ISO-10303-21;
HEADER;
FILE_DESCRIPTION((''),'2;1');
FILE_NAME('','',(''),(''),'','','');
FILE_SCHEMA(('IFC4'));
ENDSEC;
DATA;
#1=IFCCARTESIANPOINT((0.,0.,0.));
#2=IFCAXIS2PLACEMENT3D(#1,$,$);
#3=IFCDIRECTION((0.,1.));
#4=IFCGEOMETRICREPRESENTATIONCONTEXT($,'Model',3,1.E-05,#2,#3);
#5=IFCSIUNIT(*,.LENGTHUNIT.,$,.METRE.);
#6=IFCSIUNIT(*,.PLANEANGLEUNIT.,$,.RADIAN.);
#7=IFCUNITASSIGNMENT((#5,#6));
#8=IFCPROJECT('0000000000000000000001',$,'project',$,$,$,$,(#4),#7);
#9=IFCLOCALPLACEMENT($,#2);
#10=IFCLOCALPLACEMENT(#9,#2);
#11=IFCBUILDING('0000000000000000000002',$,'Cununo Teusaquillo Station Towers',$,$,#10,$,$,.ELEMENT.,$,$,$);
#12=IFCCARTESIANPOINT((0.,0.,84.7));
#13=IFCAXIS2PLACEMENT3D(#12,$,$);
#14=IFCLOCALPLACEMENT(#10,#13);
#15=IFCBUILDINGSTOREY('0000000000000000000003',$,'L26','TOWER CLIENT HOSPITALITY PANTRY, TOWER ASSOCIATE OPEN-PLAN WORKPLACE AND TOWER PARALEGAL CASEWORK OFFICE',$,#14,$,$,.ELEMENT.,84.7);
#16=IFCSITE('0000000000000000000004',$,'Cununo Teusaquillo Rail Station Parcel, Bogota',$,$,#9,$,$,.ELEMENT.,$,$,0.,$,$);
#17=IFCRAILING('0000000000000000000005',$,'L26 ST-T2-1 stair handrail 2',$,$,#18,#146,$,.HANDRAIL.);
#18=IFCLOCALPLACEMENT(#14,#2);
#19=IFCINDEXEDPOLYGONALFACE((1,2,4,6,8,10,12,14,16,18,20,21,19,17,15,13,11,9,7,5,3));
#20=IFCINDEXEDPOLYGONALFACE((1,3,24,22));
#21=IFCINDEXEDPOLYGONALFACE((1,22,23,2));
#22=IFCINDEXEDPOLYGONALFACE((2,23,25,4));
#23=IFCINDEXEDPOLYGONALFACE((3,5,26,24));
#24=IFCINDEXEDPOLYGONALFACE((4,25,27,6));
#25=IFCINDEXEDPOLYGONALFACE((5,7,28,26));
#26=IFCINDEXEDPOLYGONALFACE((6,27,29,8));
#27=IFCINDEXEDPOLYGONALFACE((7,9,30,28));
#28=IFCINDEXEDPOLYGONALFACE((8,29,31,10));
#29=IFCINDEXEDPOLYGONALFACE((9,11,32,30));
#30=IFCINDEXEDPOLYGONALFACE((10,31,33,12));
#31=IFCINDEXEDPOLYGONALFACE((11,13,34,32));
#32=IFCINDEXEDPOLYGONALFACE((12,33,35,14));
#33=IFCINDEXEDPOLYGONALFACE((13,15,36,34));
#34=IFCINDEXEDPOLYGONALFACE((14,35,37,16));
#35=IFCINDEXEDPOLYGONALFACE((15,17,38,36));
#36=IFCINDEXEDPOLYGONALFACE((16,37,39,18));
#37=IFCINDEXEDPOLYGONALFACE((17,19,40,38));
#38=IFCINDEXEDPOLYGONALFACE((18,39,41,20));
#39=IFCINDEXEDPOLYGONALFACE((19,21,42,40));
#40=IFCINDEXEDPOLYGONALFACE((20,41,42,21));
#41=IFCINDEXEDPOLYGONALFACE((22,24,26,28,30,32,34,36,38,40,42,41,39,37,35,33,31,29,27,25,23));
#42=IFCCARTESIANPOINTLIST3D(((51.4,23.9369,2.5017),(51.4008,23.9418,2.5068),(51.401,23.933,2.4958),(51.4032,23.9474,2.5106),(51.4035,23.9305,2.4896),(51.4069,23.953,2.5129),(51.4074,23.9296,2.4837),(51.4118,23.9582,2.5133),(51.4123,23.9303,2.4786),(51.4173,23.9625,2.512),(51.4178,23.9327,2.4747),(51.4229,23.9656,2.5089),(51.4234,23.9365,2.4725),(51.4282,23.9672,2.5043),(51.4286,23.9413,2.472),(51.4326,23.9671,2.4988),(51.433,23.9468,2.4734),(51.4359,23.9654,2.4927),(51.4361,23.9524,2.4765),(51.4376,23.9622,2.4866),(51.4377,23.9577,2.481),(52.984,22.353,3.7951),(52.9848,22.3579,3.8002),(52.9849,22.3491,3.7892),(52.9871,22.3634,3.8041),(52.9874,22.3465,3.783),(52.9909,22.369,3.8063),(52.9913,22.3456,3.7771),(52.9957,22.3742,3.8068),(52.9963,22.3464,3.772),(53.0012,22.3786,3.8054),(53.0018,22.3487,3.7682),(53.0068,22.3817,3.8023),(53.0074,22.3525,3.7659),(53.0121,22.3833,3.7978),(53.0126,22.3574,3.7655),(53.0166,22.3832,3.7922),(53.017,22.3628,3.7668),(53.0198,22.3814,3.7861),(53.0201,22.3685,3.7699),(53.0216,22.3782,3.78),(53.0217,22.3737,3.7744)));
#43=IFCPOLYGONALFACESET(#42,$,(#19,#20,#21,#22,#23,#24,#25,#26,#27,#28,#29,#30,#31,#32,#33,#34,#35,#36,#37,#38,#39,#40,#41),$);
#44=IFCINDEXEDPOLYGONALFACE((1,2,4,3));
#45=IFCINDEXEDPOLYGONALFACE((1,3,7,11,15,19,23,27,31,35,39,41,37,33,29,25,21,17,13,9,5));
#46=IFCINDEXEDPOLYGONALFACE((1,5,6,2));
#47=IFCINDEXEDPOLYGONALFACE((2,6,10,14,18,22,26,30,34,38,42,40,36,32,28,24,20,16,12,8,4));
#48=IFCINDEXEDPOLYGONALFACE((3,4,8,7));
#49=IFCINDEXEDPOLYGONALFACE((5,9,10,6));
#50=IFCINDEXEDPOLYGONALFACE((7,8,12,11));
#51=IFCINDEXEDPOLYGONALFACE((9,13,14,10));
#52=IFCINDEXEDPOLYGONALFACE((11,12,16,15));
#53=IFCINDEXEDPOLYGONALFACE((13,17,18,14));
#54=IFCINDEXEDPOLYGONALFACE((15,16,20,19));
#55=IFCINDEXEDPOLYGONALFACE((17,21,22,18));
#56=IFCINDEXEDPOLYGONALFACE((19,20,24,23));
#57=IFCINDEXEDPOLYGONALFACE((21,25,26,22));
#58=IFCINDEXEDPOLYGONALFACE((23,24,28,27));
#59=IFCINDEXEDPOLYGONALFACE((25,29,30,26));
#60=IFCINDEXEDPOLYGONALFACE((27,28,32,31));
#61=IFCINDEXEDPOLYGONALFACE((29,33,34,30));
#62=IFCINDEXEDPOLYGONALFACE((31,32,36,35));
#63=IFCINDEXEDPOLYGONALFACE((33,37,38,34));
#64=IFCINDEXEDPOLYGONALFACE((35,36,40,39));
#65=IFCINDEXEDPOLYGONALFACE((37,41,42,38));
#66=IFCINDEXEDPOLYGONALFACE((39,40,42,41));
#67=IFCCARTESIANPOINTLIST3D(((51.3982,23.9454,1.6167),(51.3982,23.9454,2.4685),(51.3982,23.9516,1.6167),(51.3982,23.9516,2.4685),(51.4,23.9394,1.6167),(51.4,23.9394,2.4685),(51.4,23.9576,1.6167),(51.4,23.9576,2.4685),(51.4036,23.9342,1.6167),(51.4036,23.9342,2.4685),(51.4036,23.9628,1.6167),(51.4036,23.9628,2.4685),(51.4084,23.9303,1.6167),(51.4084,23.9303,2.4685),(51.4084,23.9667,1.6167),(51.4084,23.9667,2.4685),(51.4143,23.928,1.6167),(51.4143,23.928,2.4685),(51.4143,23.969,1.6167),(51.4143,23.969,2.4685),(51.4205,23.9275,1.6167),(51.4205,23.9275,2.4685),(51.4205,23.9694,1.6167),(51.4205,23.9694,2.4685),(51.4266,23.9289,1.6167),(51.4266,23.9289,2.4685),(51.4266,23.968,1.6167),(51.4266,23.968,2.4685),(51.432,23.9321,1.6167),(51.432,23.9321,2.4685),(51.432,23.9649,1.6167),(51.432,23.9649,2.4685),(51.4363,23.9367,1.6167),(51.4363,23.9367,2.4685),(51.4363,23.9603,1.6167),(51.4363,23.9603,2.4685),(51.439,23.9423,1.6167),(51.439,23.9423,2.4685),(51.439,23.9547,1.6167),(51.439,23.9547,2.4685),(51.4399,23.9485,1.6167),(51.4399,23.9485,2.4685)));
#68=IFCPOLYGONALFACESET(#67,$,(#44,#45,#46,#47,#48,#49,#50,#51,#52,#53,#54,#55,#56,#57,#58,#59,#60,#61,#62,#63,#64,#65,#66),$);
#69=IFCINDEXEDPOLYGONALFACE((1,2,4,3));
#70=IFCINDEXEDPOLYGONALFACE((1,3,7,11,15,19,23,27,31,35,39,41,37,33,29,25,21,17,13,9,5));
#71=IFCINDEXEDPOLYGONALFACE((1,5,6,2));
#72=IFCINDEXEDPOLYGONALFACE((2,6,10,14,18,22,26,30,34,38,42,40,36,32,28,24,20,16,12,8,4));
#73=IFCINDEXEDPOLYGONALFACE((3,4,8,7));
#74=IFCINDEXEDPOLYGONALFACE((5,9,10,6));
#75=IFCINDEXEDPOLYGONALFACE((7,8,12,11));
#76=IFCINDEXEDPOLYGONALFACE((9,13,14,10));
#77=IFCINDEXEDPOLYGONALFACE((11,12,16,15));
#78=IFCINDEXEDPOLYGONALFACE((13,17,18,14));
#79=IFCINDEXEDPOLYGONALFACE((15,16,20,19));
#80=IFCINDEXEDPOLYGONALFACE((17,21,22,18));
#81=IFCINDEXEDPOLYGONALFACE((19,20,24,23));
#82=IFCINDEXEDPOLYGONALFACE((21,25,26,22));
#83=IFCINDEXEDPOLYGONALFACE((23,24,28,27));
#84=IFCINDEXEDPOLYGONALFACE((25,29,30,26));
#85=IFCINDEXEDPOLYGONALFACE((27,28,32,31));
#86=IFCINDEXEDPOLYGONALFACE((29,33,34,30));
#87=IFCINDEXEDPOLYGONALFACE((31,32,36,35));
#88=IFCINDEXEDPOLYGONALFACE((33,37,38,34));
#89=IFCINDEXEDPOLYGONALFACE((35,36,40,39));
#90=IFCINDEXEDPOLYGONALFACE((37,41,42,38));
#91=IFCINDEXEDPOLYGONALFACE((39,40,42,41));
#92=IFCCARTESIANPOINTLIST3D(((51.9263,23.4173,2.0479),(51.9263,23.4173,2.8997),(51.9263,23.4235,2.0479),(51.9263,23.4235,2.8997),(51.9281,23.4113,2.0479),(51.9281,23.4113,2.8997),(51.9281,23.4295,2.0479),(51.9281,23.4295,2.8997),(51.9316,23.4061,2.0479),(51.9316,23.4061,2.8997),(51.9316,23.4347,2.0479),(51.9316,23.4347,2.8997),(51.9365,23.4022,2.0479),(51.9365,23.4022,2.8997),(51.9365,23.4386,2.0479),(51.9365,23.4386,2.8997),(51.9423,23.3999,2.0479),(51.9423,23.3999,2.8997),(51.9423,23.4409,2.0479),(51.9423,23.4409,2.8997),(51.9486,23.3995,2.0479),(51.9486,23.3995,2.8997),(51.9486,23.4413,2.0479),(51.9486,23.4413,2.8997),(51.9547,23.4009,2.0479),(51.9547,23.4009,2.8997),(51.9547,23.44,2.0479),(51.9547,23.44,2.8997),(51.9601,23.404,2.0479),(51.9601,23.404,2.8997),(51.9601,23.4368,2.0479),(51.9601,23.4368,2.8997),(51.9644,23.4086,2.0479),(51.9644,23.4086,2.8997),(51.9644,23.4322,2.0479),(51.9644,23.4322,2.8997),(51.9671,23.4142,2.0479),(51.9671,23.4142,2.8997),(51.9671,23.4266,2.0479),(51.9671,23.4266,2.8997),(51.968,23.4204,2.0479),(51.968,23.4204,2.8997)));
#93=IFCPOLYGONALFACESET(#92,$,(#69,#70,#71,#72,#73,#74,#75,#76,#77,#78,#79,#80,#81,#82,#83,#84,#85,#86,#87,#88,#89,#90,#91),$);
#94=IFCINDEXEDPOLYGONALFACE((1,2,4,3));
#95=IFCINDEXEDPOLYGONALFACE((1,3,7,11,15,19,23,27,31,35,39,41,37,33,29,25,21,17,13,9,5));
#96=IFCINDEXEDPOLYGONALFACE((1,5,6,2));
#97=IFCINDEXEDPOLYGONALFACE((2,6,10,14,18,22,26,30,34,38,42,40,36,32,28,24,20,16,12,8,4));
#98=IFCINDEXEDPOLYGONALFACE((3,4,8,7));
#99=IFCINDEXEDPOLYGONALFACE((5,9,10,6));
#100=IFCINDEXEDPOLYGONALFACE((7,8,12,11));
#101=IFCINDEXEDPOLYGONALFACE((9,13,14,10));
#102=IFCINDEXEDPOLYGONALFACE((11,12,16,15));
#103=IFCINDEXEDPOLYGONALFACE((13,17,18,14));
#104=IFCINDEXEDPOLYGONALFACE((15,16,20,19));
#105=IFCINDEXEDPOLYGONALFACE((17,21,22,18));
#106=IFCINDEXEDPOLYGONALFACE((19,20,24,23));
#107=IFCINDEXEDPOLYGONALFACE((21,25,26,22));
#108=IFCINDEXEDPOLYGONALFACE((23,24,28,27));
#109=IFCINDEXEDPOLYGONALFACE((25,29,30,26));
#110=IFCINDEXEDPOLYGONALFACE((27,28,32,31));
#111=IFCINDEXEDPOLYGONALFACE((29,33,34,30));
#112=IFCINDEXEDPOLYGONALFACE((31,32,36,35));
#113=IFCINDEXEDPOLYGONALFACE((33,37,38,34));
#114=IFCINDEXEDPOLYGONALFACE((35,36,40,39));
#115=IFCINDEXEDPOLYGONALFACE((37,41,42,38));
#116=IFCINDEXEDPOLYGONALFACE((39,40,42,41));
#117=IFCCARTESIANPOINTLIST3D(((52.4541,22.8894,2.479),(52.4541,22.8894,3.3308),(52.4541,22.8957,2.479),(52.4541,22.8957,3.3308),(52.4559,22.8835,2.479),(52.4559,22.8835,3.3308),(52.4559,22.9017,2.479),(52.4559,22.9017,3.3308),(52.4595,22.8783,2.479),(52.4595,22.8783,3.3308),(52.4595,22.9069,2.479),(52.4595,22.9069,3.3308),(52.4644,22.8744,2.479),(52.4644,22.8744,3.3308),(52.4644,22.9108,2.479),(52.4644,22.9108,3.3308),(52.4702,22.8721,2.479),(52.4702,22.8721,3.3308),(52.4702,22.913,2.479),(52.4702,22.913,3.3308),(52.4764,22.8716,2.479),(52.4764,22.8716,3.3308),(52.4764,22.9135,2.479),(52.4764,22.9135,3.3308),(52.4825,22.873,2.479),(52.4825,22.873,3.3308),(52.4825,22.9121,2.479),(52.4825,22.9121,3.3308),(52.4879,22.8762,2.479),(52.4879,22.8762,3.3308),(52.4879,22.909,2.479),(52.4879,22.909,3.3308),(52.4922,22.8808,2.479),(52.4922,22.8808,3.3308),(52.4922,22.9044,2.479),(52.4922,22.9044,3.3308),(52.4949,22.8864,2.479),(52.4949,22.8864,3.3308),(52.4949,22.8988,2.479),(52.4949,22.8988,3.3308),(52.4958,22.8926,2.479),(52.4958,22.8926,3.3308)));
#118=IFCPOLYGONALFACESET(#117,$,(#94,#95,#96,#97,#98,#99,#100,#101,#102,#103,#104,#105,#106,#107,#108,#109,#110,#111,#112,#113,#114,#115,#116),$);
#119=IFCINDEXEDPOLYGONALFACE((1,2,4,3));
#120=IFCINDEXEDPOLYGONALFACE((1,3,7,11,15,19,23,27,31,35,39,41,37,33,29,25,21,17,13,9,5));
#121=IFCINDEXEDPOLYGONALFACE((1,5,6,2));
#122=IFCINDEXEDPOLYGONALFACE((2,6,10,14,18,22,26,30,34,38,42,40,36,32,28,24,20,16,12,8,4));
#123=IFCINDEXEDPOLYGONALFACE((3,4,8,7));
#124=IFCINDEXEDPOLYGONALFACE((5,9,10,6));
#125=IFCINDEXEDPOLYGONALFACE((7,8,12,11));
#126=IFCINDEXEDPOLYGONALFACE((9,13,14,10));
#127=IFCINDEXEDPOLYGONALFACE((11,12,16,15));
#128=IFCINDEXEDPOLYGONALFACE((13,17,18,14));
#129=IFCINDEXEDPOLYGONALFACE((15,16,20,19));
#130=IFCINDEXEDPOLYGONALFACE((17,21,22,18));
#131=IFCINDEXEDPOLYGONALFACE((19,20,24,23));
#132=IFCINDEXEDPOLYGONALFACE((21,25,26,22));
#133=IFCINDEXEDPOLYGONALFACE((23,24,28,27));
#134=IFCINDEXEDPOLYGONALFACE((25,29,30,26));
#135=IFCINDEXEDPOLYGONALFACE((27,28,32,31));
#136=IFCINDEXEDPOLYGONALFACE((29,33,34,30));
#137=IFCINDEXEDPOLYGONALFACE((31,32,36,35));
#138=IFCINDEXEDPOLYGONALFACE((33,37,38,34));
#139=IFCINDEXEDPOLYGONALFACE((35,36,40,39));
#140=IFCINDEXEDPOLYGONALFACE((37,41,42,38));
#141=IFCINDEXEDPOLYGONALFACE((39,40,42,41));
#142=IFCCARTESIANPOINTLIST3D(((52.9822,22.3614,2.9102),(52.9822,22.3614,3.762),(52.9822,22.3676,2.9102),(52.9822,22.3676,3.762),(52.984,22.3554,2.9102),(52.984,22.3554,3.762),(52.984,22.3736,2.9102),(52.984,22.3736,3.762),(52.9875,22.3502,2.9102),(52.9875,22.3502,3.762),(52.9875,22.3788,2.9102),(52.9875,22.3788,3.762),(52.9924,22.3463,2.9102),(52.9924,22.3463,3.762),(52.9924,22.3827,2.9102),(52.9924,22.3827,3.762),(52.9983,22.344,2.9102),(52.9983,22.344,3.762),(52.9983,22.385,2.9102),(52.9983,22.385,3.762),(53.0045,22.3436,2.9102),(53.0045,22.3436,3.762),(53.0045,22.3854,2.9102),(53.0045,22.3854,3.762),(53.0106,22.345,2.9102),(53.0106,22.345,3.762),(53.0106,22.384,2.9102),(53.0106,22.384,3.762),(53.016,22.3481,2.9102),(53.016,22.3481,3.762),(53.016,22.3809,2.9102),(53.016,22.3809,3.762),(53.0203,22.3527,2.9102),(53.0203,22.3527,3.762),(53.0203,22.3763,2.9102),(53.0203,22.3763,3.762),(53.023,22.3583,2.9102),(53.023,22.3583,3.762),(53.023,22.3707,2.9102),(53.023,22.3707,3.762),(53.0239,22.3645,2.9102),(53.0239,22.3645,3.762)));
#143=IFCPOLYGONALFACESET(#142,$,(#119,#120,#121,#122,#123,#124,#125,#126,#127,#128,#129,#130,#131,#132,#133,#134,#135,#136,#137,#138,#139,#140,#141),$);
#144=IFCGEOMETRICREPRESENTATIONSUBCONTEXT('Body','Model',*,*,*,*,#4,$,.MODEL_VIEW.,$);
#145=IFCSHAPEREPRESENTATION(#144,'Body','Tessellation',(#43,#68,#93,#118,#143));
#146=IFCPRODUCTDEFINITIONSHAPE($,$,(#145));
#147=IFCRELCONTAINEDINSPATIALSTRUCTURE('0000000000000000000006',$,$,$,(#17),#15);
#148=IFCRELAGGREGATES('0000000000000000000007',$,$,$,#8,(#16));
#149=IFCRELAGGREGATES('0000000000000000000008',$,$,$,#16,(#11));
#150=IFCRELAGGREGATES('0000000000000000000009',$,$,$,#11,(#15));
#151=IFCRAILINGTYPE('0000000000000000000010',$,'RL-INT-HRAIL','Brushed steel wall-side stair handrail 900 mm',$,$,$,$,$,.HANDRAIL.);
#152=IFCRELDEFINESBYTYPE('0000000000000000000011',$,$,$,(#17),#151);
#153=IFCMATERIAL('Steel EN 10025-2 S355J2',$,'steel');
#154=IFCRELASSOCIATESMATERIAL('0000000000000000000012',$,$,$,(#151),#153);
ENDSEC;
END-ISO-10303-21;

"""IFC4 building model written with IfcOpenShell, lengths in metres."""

from ifc_helpers import new_model, si_unit, direction, frame, origin, origin_2d, place, context, subcontext, project, spatial, circle, extrude, material, type_object, element, save


model = new_model("IFC4")

# Units and contexts
model_context = context("Model", 3, precision=1e-05, world=origin(), true_north=direction((0.0, 1.0)))
body_context = subcontext(model_context, "Body", "Model", "MODEL_VIEW")
ifc_project = project(units=[si_unit("LENGTHUNIT", "METRE"), si_unit("PLANEANGLEUNIT", "RADIAN")], contexts=[model_context])

# Site, building, storey
site_placement = place(None, origin())
site = spatial("IfcSite", under=ifc_project, at=site_placement, Name="Cununo Teusaquillo Rail Station Parcel, Bogota", CompositionType="ELEMENT", RefElevation=0.0)
building_placement = place(site_placement, origin())
building = spatial("IfcBuilding", under=site, at=building_placement, Name="Cununo Teusaquillo Station Towers", CompositionType="ELEMENT")
storey_placement = place(building_placement, frame((0.0, 0.0, 84.7)))
storey = spatial("IfcBuildingStorey", under=building, at=storey_placement, Name="L26", Description="TOWER CLIENT HOSPITALITY PANTRY, TOWER ASSOCIATE OPEN-PLAN WORKPLACE AND TOWER PARALEGAL CASEWORK OFFICE", CompositionType="ELEMENT", Elevation=84.7)

# Railing
ifc_material_1 = material(Name="Steel EN 10025-2 S355J2", Category="steel")
railing_type = type_object("IfcRailingType", Name="RL-INT-HRAIL", Description="Brushed steel wall-side stair handrail 900 mm", PredefinedType="HANDRAIL", material=ifc_material_1)
railing_placement = place(storey_placement, frame((51.4189, 23.9485, 1.6167)))
element("IfcRailing", 1, at=railing_placement, inside=storey, type_object=railing_type, Name="L26 ST-T2-1 stair handrail 2", PredefinedType="HANDRAIL", context=body_context, shape_type="SweptSolid", body=[
    extrude(circle(Radius=0.0239, at=origin_2d()), frame((0.0, 0.0, 0.876), z_axis=(0.612356, -0.612356, 0.50004), x_axis=(0.707107, 0.707107, 0.0)), (0.0, 0.0, 1.0), 2.5867),
    extrude(circle(Radius=0.021, at=origin_2d()), origin(), (0.0, 0.0, 1.0), 0.8518),
    extrude(circle(Radius=0.021, at=origin_2d()), frame((0.5281, -0.5281, 0.4312)), (0.0, 0.0, 1.0), 0.8518),
    extrude(circle(Radius=0.021, at=origin_2d()), frame((1.0559, -1.0559, 0.8623)), (0.0, 0.0, 1.0), 0.8518),
    extrude(circle(Radius=0.021, at=origin_2d()), frame((1.584, -1.584, 1.2935)), (0.0, 0.0, 1.0), 0.8518),
])

save(model, "model.ifc")
